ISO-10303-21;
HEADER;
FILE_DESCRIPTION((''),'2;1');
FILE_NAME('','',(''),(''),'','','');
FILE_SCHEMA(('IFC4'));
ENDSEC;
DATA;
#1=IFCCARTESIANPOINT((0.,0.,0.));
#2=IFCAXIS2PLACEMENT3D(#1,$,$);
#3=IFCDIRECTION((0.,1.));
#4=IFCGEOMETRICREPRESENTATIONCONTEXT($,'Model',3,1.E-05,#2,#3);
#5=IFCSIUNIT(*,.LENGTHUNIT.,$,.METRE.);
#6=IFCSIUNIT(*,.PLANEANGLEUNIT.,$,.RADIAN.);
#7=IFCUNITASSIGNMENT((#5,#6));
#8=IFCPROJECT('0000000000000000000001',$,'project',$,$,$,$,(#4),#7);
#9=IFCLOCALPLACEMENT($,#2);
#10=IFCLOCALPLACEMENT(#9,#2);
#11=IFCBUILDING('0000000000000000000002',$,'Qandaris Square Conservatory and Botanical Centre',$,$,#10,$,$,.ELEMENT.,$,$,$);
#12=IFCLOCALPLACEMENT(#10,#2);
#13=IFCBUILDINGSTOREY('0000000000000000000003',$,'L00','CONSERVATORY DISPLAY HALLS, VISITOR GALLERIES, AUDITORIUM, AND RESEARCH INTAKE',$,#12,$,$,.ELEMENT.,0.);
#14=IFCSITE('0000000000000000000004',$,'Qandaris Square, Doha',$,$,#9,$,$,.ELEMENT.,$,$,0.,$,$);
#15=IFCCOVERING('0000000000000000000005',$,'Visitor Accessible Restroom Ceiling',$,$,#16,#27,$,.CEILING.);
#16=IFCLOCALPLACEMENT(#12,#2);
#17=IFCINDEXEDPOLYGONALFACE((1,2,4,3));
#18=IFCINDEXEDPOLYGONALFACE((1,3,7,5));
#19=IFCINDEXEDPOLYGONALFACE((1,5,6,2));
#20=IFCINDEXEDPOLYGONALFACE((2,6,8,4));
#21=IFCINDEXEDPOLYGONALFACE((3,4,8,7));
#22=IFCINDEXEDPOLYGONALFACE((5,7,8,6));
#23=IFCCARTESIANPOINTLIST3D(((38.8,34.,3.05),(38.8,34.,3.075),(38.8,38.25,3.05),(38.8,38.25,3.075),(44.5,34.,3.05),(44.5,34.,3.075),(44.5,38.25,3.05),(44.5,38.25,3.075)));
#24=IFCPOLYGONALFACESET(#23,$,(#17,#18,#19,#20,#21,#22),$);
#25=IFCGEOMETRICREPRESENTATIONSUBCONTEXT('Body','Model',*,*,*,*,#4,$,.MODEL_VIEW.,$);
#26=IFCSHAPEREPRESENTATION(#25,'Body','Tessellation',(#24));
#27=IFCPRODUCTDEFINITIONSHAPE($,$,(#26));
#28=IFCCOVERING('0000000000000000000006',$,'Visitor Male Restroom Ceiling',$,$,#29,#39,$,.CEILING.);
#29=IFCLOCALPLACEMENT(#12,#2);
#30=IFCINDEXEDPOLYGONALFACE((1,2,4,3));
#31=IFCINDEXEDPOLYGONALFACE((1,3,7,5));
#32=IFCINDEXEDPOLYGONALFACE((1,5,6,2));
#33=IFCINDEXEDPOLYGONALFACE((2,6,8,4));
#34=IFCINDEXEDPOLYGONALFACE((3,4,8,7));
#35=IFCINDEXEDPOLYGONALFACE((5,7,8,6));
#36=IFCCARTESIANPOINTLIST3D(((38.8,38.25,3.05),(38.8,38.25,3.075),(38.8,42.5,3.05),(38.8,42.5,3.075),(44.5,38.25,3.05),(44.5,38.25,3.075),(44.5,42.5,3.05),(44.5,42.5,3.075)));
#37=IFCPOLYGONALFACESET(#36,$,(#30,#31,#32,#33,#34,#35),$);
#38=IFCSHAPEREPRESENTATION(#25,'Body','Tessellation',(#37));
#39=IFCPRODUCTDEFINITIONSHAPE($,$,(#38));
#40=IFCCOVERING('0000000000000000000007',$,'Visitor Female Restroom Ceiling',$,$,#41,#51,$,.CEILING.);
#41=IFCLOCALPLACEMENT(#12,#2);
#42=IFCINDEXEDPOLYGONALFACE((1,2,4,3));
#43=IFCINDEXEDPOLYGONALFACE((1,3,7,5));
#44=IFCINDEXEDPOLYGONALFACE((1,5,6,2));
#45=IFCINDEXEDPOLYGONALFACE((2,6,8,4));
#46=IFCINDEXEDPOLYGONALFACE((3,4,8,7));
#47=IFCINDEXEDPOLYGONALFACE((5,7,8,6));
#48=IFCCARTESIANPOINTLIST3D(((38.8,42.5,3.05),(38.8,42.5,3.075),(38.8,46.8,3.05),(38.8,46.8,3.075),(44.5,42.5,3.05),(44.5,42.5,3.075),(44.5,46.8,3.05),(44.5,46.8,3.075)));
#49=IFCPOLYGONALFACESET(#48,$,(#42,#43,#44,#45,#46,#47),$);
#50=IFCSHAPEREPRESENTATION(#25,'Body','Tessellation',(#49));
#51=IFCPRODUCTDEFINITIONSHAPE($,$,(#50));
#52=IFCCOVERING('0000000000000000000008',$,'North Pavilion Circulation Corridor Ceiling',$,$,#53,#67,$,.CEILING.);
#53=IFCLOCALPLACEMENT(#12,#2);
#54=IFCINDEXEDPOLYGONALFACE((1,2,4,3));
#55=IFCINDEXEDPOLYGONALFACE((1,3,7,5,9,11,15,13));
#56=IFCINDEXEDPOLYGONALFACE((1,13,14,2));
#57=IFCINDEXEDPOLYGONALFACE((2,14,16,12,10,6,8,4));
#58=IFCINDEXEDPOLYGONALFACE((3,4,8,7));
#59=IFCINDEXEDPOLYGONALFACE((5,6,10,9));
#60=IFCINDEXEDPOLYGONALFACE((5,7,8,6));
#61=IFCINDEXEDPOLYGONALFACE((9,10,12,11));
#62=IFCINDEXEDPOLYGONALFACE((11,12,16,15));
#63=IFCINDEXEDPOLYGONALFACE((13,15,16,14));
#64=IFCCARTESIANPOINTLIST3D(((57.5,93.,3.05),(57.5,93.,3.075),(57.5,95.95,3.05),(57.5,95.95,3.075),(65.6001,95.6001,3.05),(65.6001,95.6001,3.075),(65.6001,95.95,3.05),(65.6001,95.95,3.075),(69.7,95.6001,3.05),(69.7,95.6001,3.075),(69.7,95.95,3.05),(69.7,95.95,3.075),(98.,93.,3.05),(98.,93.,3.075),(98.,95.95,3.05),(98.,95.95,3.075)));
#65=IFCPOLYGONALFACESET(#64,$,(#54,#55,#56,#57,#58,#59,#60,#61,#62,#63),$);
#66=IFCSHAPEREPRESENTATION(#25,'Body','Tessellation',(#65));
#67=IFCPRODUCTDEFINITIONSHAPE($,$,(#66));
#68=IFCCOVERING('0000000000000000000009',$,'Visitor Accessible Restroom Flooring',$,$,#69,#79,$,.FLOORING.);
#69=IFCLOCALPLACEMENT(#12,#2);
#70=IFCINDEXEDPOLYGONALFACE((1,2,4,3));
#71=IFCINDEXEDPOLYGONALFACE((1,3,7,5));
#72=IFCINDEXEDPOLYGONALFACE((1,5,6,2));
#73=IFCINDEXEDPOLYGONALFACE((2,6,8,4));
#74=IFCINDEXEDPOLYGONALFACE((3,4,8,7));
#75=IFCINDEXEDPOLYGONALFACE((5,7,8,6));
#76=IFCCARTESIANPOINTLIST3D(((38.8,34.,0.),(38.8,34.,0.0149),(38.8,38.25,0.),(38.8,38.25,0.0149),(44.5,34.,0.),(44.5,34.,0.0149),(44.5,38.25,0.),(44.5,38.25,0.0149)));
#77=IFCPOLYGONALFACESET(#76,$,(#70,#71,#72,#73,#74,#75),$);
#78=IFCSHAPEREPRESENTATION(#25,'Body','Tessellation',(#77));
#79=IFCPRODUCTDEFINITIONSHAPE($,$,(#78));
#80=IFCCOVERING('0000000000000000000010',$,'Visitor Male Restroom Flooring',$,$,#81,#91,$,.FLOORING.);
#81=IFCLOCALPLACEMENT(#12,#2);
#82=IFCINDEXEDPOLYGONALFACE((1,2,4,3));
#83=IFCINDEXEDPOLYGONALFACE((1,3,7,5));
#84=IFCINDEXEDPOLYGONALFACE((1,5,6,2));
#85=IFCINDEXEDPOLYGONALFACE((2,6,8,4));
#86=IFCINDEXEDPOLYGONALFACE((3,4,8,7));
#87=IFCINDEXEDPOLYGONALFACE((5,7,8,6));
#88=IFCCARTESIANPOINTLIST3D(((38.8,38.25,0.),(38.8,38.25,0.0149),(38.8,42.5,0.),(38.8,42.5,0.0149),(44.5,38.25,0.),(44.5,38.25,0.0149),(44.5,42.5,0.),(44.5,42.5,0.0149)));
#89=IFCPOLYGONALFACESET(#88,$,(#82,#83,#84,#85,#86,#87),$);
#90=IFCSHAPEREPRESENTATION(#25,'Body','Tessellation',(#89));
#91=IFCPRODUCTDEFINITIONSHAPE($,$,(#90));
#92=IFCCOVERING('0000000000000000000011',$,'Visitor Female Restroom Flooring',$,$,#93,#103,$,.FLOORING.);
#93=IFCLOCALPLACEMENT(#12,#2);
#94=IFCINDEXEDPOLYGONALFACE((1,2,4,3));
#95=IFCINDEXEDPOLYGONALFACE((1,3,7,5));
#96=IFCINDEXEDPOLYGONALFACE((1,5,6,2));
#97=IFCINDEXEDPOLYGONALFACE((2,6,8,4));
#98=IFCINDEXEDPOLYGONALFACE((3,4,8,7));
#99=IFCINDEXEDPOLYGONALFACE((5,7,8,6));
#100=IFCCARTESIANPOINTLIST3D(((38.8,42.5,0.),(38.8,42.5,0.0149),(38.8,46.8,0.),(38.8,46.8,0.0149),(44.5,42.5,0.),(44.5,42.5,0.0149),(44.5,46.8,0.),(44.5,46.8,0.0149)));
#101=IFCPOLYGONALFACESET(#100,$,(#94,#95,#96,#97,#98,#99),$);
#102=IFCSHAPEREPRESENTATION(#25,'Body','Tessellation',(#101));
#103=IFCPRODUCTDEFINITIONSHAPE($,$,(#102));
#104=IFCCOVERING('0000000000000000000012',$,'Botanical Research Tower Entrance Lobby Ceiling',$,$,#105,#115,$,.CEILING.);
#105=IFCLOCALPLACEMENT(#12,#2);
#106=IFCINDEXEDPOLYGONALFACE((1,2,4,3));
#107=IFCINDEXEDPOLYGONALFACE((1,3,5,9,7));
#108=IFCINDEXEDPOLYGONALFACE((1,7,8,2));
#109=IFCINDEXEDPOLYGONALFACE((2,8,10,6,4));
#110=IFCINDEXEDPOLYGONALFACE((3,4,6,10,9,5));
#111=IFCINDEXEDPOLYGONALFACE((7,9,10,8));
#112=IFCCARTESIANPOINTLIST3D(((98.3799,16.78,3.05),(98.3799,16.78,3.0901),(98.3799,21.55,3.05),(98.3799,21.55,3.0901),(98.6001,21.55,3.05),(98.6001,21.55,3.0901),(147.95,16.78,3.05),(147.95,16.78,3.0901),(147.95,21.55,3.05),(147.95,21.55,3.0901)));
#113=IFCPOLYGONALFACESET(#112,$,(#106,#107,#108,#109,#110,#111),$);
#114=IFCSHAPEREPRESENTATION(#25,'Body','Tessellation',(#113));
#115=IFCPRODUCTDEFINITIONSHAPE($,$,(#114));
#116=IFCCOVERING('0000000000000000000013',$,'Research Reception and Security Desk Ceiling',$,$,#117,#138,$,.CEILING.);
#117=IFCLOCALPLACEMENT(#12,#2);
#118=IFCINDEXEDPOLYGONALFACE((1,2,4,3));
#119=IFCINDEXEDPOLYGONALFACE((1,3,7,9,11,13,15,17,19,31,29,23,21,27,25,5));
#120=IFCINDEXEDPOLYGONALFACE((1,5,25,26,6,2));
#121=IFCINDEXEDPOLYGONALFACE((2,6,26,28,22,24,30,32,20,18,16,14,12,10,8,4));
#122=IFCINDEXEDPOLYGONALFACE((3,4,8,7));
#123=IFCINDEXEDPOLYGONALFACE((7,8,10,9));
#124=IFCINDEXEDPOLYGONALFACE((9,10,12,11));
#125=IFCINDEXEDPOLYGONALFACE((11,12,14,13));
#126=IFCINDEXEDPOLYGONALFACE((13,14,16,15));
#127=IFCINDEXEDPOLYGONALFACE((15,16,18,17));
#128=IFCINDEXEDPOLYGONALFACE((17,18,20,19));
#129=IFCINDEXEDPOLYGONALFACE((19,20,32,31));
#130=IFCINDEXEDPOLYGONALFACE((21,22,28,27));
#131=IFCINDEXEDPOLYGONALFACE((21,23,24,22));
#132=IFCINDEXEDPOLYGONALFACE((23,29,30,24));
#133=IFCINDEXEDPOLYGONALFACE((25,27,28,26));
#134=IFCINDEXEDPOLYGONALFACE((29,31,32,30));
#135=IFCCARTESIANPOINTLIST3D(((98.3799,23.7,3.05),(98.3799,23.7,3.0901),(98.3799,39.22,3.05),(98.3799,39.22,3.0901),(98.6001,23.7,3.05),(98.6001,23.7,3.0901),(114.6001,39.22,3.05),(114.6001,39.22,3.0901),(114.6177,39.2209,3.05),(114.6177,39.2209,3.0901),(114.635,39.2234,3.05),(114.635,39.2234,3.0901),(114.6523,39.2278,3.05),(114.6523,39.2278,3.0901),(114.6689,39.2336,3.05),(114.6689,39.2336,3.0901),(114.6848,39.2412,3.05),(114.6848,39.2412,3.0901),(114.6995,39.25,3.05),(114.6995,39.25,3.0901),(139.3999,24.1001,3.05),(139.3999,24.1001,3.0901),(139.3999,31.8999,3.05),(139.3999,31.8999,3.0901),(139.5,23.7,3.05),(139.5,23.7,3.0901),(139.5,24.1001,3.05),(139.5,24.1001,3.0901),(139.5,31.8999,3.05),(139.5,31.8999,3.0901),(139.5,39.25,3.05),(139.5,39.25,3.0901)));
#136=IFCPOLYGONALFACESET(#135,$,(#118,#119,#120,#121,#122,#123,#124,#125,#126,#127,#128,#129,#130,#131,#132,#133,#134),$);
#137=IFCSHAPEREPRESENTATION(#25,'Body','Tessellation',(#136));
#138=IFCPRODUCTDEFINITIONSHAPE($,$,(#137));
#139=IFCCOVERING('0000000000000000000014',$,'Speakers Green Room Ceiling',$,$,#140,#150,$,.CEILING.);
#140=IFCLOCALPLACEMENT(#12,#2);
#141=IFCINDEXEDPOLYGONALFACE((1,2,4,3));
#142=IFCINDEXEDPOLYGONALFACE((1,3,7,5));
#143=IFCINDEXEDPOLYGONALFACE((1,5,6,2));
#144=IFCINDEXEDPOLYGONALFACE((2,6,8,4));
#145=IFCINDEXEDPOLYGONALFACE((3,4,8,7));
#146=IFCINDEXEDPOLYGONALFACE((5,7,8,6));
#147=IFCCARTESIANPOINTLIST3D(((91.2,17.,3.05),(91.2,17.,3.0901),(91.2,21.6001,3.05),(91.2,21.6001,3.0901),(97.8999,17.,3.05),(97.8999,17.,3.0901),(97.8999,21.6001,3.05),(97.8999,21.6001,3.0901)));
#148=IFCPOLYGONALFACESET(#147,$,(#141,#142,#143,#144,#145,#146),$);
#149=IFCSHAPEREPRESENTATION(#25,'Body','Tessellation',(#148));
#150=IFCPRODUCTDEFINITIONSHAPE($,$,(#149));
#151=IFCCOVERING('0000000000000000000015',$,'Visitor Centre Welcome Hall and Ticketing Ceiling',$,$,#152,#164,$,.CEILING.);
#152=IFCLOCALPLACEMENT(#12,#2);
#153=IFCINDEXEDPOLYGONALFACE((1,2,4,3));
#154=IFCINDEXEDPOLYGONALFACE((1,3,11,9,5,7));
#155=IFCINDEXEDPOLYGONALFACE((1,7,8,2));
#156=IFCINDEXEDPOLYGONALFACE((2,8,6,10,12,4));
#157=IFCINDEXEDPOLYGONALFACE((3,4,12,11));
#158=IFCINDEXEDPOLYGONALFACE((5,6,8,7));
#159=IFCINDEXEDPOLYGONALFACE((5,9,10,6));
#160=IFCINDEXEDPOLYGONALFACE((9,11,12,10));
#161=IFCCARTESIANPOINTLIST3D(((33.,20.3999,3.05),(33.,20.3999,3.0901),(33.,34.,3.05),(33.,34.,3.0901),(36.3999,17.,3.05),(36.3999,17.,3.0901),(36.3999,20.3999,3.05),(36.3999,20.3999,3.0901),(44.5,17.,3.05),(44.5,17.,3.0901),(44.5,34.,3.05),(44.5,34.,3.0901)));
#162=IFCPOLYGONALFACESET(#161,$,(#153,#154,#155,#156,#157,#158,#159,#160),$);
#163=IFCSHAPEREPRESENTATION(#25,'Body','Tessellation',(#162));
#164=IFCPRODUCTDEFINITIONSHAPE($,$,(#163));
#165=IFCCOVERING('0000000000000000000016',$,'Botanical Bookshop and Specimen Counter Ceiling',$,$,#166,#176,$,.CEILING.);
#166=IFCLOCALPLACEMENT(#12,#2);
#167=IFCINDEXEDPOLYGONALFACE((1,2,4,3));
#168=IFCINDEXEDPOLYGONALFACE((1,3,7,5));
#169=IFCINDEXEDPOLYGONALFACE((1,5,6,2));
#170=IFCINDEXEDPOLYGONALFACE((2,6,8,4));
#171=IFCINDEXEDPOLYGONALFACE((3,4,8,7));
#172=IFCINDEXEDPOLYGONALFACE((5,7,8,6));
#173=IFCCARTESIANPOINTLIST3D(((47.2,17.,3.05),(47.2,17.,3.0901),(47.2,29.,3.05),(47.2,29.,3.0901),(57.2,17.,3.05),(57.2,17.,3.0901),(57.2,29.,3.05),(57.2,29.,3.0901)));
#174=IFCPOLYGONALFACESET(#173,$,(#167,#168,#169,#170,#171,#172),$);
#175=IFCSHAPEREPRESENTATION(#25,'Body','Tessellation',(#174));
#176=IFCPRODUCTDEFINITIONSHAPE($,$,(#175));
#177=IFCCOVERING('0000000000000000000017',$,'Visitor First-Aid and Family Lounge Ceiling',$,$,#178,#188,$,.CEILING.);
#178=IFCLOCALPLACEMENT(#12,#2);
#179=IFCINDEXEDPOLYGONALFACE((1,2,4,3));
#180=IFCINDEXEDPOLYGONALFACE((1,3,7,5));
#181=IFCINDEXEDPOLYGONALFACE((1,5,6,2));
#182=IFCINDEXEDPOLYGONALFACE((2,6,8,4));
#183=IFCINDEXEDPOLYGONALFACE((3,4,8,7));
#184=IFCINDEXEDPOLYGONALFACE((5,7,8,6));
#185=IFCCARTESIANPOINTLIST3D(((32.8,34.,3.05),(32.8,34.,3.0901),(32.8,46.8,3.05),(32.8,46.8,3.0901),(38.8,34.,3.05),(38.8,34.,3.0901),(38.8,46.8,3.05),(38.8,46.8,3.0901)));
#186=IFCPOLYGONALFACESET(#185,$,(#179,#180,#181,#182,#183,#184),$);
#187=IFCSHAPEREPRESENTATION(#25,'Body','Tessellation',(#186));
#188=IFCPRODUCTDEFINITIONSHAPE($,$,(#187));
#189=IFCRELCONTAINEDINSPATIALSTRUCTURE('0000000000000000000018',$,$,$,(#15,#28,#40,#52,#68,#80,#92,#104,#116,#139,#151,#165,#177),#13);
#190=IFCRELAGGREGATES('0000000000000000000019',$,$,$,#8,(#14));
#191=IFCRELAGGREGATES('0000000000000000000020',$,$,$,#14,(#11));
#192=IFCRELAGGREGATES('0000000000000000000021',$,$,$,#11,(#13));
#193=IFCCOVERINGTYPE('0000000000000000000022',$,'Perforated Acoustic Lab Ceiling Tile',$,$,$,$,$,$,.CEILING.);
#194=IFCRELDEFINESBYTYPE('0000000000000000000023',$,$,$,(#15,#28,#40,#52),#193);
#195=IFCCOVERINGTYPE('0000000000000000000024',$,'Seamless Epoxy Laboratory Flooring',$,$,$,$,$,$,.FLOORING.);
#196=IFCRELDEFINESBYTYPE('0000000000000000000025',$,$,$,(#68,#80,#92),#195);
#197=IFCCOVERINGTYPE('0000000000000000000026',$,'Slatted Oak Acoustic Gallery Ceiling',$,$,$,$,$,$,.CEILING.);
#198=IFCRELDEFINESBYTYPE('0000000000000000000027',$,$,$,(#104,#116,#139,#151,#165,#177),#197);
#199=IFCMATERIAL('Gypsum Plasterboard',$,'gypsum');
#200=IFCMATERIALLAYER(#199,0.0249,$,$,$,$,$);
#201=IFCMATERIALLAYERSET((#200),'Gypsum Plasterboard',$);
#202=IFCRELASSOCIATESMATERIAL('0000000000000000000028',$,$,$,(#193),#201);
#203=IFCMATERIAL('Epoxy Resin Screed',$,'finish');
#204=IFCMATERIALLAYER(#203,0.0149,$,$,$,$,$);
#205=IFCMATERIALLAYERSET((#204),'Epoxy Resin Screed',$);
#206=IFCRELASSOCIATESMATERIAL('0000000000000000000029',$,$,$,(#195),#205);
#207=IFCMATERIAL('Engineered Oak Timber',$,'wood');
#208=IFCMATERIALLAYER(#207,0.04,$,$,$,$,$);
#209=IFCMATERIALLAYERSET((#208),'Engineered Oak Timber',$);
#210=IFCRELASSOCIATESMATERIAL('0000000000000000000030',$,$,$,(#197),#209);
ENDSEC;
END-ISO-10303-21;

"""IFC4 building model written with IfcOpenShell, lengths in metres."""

from ifc_helpers import new_model, si_unit, direction, frame, origin, place, context, subcontext, project, spatial, polyline, outline, extrude, material, layer, layer_set, type_object, element, save


model = new_model("IFC4")

# Units and contexts
model_context = context("Model", 3, precision=1e-05, world=origin(), true_north=direction((0.0, 1.0)))
body_context = subcontext(model_context, "Body", "Model", "MODEL_VIEW")
ifc_project = project(units=[si_unit("LENGTHUNIT", "METRE"), si_unit("PLANEANGLEUNIT", "RADIAN")], contexts=[model_context])

# Site, building, storey
site_placement = place(None, origin())
site = spatial("IfcSite", under=ifc_project, at=site_placement, Name="Qandaris Square, Doha", CompositionType="ELEMENT", RefElevation=0.0)
building_placement = place(site_placement, origin())
building = spatial("IfcBuilding", under=site, at=building_placement, Name="Qandaris Square Conservatory and Botanical Centre", CompositionType="ELEMENT")
storey_placement = place(building_placement, origin())
storey = spatial("IfcBuildingStorey", under=building, at=storey_placement, Name="L00", Description="CONSERVATORY DISPLAY HALLS, VISITOR GALLERIES, AUDITORIUM, AND RESEARCH INTAKE", CompositionType="ELEMENT", Elevation=0.0)

# Coverings
ifc_material_1 = material(Name="Gypsum Plasterboard", Category="gypsum")
ifc_layer_1 = layer(ifc_material_1, 0.0249)
ifc_layer_set_1 = layer_set([ifc_layer_1], Name="Gypsum Plasterboard")
covering_type_1 = type_object("IfcCoveringType", Name="Perforated Acoustic Lab Ceiling Tile", PredefinedType="CEILING", material=ifc_layer_set_1)
covering_1_placement = place(storey_placement, frame((0.0, 0.0, 3.05)))
element("IfcCovering", 1, at=covering_1_placement, inside=storey, type_object=covering_type_1, Name="Visitor Accessible Restroom Ceiling", PredefinedType="CEILING", context=body_context, shape_type="SweptSolid", body=[
    extrude(outline(polyline([(38.8, 38.25), (44.5, 38.25), (44.5, 34.0), (38.8, 34.0), (38.8, 38.25)])), origin(), (0.0, 0.0, 1.0), 0.0249),
])
covering_2_placement = place(storey_placement, frame((0.0, 0.0, 3.05)))
element("IfcCovering", 2, at=covering_2_placement, inside=storey, type_object=covering_type_1, Name="Visitor Male Restroom Ceiling", PredefinedType="CEILING", context=body_context, shape_type="SweptSolid", body=[
    extrude(outline(polyline([(38.8, 42.5), (44.5, 42.5), (44.5, 38.25), (38.8, 38.25), (38.8, 42.5)])), origin(), (0.0, 0.0, 1.0), 0.0249),
])
covering_3_placement = place(storey_placement, frame((0.0, 0.0, 3.05)))
element("IfcCovering", 3, at=covering_3_placement, inside=storey, type_object=covering_type_1, Name="Visitor Female Restroom Ceiling", PredefinedType="CEILING", context=body_context, shape_type="SweptSolid", body=[
    extrude(outline(polyline([(38.8, 46.8), (44.5, 46.8), (44.5, 42.5), (38.8, 42.5), (38.8, 46.8)])), origin(), (0.0, 0.0, 1.0), 0.0249),
])
covering_4_placement = place(storey_placement, frame((0.0, 0.0, 3.05)))
element("IfcCovering", 4, at=covering_4_placement, inside=storey, type_object=covering_type_1, Name="North Pavilion Circulation Corridor Ceiling", PredefinedType="CEILING", context=body_context, shape_type="SweptSolid", body=[
    extrude(outline(polyline([(98.0, 93.0), (57.5, 93.0), (57.5, 95.95), (65.6001, 95.95), (65.6001, 95.6001), (69.7, 95.6001), (69.7, 95.95), (98.0, 95.95), (98.0, 93.0)])), origin(), (0.0, 0.0, 1.0), 0.0249),
])
ifc_material_2 = material(Name="Epoxy Resin Screed", Category="finish")
ifc_layer_2 = layer(ifc_material_2, 0.0149)
ifc_layer_set_2 = layer_set([ifc_layer_2], Name="Epoxy Resin Screed")
covering_type_2 = type_object("IfcCoveringType", Name="Seamless Epoxy Laboratory Flooring", PredefinedType="FLOORING", material=ifc_layer_set_2)
covering_5_placement = place(storey_placement, origin())
element("IfcCovering", 5, at=covering_5_placement, inside=storey, type_object=covering_type_2, Name="Visitor Accessible Restroom Flooring", PredefinedType="FLOORING", context=body_context, shape_type="SweptSolid", body=[
    extrude(outline(polyline([(38.8, 38.25), (44.5, 38.25), (44.5, 34.0), (38.8, 34.0), (38.8, 38.25)])), origin(), (0.0, 0.0, 1.0), 0.0149),
])
covering_6_placement = place(storey_placement, origin())
element("IfcCovering", 6, at=covering_6_placement, inside=storey, type_object=covering_type_2, Name="Visitor Male Restroom Flooring", PredefinedType="FLOORING", context=body_context, shape_type="SweptSolid", body=[
    extrude(outline(polyline([(38.8, 42.5), (44.5, 42.5), (44.5, 38.25), (38.8, 38.25), (38.8, 42.5)])), origin(), (0.0, 0.0, 1.0), 0.0149),
])
covering_7_placement = place(storey_placement, origin())
element("IfcCovering", 7, at=covering_7_placement, inside=storey, type_object=covering_type_2, Name="Visitor Female Restroom Flooring", PredefinedType="FLOORING", context=body_context, shape_type="SweptSolid", body=[
    extrude(outline(polyline([(38.8, 46.8), (44.5, 46.8), (44.5, 42.5), (38.8, 42.5), (38.8, 46.8)])), origin(), (0.0, 0.0, 1.0), 0.0149),
])
ifc_material_3 = material(Name="Engineered Oak Timber", Category="wood")
ifc_layer_3 = layer(ifc_material_3, 0.04)
ifc_layer_set_3 = layer_set([ifc_layer_3], Name="Engineered Oak Timber")
covering_type_3 = type_object("IfcCoveringType", Name="Slatted Oak Acoustic Gallery Ceiling", PredefinedType="CEILING", material=ifc_layer_set_3)
covering_8_placement = place(storey_placement, frame((0.0, 0.0, 3.05)))
element("IfcCovering", 8, at=covering_8_placement, inside=storey, type_object=covering_type_3, Name="Botanical Research Tower Entrance Lobby Ceiling", PredefinedType="CEILING", context=body_context, shape_type="SweptSolid", body=[
    extrude(outline(polyline([(98.6001, 21.55), (147.95, 21.55), (147.95, 16.78), (98.3799, 16.78), (98.3799, 21.55), (98.6001, 21.55)])), origin(), (0.0, 0.0, 1.0), 0.04),
])
covering_9_placement = place(storey_placement, frame((0.0, 0.0, 3.05)))
element("IfcCovering", 9, at=covering_9_placement, inside=storey, type_object=covering_type_3, Name="Research Reception and Security Desk Ceiling", PredefinedType="CEILING", context=body_context, shape_type="SweptSolid", body=[
    extrude(outline(polyline([(114.635, 39.2234), (114.6523, 39.2278), (114.6689, 39.2336), (114.6848, 39.2412), (114.6995, 39.25), (139.5, 39.25), (139.5, 31.8999), (139.3999, 31.8999), (139.3999, 24.1001), (139.5, 24.1001), (139.5, 23.7), (98.6001, 23.7), (98.3799, 23.7), (98.3799, 39.22), (114.6001, 39.22), (114.6177, 39.2209), (114.635, 39.2234)])), origin(), (0.0, 0.0, 1.0), 0.04),
])
covering_10_placement = place(storey_placement, frame((0.0, 0.0, 3.05)))
element("IfcCovering", 10, at=covering_10_placement, inside=storey, type_object=covering_type_3, Name="Speakers Green Room Ceiling", PredefinedType="CEILING", context=body_context, shape_type="SweptSolid", body=[
    extrude(outline(polyline([(91.2, 21.6001), (97.8999, 21.6001), (97.8999, 17.0), (91.2, 17.0), (91.2, 21.6001)])), origin(), (0.0, 0.0, 1.0), 0.04),
])
covering_11_placement = place(storey_placement, frame((0.0, 0.0, 3.05)))
element("IfcCovering", 11, at=covering_11_placement, inside=storey, type_object=covering_type_3, Name="Visitor Centre Welcome Hall and Ticketing Ceiling", PredefinedType="CEILING", context=body_context, shape_type="SweptSolid", body=[
    extrude(outline(polyline([(44.5, 17.0), (36.3999, 17.0), (36.3999, 20.3999), (33.0, 20.3999), (33.0, 34.0), (44.5, 34.0), (44.5, 17.0)])), origin(), (0.0, 0.0, 1.0), 0.04),
])
covering_12_placement = place(storey_placement, frame((0.0, 0.0, 3.05)))
element("IfcCovering", 12, at=covering_12_placement, inside=storey, type_object=covering_type_3, Name="Botanical Bookshop and Specimen Counter Ceiling", PredefinedType="CEILING", context=body_context, shape_type="SweptSolid", body=[
    extrude(outline(polyline([(47.2, 29.0), (57.2, 29.0), (57.2, 17.0), (47.2, 17.0), (47.2, 29.0)])), origin(), (0.0, 0.0, 1.0), 0.04),
])
covering_13_placement = place(storey_placement, frame((0.0, 0.0, 3.05)))
element("IfcCovering", 13, at=covering_13_placement, inside=storey, type_object=covering_type_3, Name="Visitor First-Aid and Family Lounge Ceiling", PredefinedType="CEILING", context=body_context, shape_type="SweptSolid", body=[
    extrude(outline(polyline([(32.8, 46.8), (38.8, 46.8), (38.8, 34.0), (32.8, 34.0), (32.8, 46.8)])), origin(), (0.0, 0.0, 1.0), 0.04),
])

save(model, "model.ifc")
